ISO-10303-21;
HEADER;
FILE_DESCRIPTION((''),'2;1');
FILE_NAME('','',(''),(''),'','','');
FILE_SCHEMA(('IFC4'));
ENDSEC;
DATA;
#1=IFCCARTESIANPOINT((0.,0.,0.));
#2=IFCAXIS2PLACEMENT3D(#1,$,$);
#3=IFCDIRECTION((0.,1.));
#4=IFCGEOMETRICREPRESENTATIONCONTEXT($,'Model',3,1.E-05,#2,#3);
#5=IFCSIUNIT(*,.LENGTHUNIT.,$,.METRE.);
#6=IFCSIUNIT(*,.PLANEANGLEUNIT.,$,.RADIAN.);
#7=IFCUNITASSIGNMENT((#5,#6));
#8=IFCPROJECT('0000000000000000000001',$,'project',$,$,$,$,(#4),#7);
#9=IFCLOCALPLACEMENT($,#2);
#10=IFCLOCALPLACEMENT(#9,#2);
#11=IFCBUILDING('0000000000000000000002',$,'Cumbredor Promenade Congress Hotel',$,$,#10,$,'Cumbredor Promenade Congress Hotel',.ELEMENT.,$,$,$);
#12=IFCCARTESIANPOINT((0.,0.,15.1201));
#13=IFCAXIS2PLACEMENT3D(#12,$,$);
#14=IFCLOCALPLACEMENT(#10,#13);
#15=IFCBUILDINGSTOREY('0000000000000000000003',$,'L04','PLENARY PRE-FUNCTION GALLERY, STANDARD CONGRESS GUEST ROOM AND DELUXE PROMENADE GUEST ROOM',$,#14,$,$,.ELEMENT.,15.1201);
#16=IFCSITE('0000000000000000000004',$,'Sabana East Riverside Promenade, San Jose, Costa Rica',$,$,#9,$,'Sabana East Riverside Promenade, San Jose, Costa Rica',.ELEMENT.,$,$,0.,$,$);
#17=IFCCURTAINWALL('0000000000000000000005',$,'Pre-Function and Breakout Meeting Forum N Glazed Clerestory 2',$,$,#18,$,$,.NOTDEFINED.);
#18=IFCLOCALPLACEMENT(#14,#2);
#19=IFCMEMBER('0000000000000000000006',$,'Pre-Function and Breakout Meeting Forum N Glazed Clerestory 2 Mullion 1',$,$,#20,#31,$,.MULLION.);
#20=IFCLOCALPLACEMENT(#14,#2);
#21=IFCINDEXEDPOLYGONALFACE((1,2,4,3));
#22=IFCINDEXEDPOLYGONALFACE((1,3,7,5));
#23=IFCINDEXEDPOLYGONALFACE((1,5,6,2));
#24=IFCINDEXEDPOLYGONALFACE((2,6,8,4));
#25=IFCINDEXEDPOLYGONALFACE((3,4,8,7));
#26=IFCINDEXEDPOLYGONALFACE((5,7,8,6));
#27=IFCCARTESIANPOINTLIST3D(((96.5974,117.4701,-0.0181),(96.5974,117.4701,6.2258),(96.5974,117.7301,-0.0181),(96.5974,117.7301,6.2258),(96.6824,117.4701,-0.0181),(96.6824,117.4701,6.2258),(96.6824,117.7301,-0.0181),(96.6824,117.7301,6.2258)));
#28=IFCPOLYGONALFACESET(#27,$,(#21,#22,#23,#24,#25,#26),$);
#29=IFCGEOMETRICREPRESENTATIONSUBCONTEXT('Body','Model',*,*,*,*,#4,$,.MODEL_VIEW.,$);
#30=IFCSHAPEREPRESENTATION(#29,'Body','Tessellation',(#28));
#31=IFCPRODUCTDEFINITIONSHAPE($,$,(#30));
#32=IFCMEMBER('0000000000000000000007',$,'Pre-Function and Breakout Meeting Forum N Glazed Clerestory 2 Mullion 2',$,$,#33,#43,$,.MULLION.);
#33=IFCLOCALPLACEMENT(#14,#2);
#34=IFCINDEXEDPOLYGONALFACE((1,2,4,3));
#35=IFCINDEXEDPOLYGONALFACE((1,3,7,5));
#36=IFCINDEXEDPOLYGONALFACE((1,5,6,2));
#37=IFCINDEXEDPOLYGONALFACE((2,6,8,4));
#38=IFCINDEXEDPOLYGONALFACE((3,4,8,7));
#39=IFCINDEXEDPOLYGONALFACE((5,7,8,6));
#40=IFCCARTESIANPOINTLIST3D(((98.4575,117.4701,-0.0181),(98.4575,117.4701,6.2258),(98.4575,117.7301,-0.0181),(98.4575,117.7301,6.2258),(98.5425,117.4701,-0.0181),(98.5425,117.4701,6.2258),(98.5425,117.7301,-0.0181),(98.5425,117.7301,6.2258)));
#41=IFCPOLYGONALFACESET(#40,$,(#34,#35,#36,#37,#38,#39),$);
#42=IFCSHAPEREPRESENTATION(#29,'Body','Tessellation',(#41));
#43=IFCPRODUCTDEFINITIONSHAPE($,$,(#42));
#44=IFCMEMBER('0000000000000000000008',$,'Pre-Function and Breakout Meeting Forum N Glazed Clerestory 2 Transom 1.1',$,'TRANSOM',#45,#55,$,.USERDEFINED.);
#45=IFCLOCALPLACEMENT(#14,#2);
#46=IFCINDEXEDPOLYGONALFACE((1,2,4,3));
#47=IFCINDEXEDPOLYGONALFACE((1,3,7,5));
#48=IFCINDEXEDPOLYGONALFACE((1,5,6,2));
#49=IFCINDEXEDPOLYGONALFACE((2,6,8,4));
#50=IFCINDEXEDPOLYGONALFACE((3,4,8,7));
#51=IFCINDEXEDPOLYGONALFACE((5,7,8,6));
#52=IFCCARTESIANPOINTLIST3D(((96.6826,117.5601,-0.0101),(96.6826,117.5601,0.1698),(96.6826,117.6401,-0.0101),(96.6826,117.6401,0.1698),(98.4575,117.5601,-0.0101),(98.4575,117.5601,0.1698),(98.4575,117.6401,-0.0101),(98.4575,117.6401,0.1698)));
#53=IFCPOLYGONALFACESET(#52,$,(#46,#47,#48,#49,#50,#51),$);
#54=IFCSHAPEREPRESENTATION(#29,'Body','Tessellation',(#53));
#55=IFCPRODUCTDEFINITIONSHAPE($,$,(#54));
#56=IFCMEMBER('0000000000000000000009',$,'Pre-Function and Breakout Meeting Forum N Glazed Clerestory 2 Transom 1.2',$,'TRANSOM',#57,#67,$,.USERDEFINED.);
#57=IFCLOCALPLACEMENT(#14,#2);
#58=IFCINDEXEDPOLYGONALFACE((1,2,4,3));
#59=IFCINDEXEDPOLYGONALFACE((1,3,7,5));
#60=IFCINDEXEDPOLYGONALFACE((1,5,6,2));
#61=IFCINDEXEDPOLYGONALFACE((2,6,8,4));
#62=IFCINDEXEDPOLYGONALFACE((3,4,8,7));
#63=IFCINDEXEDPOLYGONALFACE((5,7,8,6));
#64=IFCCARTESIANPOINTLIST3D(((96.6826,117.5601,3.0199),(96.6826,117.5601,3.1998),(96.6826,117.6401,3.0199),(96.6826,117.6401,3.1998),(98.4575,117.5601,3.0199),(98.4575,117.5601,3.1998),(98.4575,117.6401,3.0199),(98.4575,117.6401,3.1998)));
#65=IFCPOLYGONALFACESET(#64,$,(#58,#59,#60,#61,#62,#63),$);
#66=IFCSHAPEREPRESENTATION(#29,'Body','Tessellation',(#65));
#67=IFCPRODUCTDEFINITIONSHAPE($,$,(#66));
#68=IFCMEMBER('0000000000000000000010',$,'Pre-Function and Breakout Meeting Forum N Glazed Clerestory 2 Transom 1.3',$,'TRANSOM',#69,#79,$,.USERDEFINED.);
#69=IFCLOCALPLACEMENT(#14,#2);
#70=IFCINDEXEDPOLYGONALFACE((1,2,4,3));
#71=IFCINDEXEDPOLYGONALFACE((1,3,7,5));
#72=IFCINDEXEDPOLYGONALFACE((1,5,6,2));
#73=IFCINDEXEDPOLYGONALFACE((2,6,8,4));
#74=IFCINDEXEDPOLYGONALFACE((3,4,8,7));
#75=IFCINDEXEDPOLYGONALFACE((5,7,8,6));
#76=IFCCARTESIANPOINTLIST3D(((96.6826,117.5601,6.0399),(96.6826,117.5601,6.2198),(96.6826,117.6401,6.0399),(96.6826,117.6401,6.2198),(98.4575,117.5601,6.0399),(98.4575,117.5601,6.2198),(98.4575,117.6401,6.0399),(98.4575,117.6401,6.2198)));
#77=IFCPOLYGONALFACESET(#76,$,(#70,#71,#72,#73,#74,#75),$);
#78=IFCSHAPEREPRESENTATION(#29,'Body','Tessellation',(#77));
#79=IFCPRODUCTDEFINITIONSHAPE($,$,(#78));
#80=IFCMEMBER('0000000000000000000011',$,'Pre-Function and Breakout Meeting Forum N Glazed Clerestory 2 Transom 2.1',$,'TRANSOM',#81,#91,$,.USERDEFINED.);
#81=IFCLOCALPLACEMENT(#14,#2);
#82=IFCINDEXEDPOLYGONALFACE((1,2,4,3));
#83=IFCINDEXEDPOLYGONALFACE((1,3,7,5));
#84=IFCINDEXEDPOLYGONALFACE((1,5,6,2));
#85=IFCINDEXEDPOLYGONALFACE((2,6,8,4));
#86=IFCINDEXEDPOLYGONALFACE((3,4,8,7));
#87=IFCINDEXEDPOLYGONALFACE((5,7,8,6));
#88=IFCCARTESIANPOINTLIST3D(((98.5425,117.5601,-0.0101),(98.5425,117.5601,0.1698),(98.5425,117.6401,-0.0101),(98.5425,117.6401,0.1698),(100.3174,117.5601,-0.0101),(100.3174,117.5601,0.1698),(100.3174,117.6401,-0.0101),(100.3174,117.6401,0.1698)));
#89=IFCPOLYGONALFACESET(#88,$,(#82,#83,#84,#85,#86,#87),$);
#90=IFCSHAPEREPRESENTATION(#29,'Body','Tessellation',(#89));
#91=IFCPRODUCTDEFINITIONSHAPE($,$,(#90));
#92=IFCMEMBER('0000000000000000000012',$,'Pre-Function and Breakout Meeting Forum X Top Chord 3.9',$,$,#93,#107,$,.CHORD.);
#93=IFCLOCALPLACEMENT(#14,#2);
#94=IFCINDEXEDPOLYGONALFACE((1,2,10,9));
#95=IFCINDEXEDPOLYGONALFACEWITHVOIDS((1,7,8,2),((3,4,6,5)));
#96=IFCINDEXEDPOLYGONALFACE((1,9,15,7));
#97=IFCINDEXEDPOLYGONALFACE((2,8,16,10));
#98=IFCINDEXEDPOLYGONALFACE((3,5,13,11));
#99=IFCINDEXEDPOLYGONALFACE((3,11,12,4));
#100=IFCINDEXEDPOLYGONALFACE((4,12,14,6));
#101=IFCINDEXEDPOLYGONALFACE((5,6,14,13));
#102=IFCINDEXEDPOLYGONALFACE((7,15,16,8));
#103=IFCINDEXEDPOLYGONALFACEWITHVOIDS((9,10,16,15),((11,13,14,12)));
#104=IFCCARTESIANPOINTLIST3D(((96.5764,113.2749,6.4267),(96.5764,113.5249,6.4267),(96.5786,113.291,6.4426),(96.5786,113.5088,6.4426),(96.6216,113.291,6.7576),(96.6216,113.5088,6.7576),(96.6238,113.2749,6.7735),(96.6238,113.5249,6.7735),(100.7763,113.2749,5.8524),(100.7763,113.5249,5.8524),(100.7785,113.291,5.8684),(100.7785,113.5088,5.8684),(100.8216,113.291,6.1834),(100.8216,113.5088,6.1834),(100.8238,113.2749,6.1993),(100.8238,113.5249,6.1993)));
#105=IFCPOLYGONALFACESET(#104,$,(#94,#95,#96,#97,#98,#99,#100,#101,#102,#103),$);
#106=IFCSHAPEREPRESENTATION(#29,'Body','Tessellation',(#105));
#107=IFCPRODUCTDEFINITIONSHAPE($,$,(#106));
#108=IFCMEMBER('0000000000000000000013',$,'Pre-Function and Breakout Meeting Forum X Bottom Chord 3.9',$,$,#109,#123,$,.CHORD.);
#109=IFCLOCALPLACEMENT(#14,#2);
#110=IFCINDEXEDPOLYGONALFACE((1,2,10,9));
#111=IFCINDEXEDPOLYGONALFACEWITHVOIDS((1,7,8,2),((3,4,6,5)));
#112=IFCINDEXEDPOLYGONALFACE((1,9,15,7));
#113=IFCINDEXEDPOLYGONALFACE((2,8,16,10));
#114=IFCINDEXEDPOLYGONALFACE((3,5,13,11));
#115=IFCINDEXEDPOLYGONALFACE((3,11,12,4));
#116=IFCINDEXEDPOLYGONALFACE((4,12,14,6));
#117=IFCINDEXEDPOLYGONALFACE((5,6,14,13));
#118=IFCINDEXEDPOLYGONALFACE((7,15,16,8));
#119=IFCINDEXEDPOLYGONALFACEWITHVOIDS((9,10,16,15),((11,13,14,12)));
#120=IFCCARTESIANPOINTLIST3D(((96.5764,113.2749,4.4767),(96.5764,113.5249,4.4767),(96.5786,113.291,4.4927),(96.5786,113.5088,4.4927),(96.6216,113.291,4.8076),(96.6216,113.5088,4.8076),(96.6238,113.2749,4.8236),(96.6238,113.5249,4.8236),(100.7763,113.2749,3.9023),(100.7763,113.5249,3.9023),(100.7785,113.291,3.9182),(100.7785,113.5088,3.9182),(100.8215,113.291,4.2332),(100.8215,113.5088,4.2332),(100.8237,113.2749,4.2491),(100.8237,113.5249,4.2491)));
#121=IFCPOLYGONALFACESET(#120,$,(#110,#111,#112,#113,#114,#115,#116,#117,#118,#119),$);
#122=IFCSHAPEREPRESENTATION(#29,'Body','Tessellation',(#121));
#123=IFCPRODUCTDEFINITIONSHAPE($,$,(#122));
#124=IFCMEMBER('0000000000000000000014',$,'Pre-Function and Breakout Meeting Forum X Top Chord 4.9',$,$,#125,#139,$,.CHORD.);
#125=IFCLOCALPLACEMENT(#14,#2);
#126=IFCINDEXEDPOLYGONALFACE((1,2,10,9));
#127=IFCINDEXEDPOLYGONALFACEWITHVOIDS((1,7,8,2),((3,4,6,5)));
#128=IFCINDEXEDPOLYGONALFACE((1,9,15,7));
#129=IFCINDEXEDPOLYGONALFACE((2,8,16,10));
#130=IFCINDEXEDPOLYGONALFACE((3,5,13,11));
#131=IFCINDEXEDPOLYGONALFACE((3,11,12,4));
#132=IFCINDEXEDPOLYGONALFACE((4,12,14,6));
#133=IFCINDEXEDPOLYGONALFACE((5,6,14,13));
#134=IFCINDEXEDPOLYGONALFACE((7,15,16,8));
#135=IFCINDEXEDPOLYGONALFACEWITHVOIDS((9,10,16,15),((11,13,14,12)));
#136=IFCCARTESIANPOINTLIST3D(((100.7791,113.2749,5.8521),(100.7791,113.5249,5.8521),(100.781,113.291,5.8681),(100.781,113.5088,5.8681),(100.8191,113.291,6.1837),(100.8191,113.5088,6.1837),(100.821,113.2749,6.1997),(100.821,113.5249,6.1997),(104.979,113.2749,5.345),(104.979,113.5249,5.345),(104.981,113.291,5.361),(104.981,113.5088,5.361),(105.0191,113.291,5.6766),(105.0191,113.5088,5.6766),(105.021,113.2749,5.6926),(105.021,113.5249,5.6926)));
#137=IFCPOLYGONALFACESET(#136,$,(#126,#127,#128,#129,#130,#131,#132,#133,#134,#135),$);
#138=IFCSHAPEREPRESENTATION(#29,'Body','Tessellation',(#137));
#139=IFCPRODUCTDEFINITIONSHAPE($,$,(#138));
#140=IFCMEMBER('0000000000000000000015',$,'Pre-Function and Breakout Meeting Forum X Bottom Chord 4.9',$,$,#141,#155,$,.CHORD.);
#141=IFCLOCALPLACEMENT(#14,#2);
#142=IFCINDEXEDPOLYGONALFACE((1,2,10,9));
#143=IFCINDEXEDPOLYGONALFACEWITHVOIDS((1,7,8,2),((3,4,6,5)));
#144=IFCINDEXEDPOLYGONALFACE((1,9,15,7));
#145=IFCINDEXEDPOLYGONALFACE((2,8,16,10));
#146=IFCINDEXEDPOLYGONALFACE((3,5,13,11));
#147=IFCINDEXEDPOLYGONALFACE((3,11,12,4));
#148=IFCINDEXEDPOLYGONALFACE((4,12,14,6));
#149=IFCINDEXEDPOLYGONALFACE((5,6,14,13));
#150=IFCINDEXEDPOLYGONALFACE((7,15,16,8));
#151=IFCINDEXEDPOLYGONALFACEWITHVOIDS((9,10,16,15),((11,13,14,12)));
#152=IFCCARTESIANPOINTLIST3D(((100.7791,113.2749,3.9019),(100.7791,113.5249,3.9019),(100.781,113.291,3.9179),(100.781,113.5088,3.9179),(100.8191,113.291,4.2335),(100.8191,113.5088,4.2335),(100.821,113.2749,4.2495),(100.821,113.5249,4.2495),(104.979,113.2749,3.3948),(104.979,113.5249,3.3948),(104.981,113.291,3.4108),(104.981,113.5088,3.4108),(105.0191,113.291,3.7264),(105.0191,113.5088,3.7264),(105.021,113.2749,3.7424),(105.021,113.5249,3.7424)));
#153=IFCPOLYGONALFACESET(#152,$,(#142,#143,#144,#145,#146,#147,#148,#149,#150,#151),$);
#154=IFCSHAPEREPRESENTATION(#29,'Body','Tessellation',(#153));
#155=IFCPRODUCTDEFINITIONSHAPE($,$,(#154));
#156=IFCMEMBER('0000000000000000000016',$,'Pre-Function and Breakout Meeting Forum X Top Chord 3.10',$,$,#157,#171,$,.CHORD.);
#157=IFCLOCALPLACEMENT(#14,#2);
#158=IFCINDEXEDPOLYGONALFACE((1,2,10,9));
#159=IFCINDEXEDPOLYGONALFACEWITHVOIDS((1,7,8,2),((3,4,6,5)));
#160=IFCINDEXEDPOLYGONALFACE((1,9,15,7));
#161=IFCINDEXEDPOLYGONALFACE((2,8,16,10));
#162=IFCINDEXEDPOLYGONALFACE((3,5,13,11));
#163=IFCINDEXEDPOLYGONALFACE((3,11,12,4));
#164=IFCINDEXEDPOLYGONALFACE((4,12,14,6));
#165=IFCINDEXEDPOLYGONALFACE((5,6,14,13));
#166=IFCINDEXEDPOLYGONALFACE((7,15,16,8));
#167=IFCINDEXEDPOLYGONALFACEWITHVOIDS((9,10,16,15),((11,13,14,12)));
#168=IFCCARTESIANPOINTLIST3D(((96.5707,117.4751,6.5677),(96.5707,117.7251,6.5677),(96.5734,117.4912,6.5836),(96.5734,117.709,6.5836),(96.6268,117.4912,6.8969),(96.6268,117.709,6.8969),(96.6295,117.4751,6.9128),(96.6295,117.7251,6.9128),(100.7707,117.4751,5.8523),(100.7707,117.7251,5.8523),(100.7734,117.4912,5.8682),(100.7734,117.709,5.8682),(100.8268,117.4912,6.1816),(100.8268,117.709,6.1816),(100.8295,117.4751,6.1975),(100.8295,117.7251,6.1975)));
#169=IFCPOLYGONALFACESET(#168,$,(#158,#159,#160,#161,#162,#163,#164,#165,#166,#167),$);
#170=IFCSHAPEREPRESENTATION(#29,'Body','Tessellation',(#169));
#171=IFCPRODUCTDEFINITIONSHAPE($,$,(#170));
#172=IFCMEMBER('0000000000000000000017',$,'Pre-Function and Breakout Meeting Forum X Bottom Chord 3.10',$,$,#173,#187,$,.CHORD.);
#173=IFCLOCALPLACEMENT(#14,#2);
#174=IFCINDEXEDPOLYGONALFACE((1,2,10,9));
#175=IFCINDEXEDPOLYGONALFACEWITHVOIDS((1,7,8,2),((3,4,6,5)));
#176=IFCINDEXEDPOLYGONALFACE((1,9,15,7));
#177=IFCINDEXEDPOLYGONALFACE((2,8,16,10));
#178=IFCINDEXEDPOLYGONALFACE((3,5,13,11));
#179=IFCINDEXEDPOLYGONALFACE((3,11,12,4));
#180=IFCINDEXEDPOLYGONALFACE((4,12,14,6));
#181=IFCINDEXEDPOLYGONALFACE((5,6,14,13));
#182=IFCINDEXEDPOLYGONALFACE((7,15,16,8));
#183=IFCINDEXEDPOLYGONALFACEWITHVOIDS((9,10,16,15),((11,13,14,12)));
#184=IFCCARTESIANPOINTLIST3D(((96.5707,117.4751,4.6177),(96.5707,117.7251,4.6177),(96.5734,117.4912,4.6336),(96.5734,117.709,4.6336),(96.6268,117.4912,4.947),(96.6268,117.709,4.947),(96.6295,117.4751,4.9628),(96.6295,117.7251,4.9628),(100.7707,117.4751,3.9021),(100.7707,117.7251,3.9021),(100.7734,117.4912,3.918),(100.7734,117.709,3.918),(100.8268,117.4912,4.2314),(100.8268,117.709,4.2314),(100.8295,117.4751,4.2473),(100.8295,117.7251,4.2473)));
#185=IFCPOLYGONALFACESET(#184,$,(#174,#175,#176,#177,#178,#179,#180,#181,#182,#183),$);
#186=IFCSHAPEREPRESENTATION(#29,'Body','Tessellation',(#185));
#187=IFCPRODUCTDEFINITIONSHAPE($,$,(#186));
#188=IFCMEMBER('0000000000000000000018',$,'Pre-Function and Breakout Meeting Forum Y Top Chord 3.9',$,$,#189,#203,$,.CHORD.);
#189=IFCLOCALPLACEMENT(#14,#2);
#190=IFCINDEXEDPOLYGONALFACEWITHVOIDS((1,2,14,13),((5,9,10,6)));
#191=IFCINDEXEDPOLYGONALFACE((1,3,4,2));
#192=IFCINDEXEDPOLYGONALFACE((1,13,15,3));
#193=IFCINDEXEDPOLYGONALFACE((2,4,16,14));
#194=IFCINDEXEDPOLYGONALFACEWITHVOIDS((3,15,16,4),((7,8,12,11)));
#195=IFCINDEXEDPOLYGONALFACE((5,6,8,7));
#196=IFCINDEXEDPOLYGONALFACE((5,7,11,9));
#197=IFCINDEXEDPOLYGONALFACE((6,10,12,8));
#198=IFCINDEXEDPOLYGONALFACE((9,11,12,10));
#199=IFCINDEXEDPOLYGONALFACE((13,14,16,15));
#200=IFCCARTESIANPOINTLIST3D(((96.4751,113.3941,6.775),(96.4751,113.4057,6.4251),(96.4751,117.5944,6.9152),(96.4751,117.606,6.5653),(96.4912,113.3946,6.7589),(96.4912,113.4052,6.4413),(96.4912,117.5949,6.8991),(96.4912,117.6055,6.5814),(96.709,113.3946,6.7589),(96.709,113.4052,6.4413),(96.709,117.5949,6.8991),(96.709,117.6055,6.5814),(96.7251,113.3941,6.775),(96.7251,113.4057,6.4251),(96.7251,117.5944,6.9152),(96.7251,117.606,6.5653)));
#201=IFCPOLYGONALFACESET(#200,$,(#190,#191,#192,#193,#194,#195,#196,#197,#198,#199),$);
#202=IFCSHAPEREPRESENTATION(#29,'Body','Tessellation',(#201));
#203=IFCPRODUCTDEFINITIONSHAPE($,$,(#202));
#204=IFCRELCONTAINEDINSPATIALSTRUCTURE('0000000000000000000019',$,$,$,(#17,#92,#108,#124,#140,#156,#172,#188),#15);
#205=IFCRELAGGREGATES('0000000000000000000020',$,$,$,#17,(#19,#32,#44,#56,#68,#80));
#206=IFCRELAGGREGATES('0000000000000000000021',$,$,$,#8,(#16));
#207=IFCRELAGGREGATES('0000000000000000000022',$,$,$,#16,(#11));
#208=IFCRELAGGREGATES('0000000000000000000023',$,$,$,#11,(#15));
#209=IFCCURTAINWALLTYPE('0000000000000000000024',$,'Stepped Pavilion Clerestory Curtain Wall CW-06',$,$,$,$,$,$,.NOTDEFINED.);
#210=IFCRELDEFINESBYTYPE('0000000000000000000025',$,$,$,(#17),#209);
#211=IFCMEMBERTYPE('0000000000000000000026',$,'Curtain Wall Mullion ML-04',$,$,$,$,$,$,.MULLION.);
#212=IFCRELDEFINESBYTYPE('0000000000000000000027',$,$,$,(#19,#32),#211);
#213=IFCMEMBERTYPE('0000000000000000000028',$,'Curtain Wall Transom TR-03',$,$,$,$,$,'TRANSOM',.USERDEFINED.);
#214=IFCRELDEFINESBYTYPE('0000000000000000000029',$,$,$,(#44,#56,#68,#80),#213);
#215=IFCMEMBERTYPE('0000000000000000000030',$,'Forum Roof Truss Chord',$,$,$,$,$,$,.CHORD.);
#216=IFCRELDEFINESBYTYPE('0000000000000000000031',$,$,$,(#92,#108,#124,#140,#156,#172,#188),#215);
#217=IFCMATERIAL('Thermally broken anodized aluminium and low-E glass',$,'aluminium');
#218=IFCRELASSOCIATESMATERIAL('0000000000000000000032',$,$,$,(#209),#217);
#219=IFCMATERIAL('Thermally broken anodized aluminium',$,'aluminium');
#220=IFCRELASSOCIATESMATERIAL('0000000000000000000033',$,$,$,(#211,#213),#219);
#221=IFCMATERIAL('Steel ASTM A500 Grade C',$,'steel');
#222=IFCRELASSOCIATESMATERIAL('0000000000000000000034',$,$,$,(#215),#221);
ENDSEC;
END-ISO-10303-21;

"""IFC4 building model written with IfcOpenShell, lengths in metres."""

from ifc_helpers import new_model, si_unit, direction, frame, origin, origin_2d, place, context, subcontext, project, spatial, rectangle, hollow_rectangle, extrude, material, material_profile, profile_set, type_object, element, aggregate, save


model = new_model("IFC4")

# Units and contexts
model_context = context("Model", 3, precision=1e-05, world=origin(), true_north=direction((0.0, 1.0)))
body_context = subcontext(model_context, "Body", "Model", "MODEL_VIEW")
ifc_project = project(units=[si_unit("LENGTHUNIT", "METRE"), si_unit("PLANEANGLEUNIT", "RADIAN")], contexts=[model_context])

# Site, building, storey
site_placement = place(None, origin())
site = spatial("IfcSite", under=ifc_project, at=site_placement, Name="Sabana East Riverside Promenade, San Jose, Costa Rica", LongName="Sabana East Riverside Promenade, San Jose, Costa Rica", CompositionType="ELEMENT", RefElevation=0.0)
building_placement = place(site_placement, origin())
building = spatial("IfcBuilding", under=site, at=building_placement, Name="Cumbredor Promenade Congress Hotel", LongName="Cumbredor Promenade Congress Hotel", CompositionType="ELEMENT")
storey_placement = place(building_placement, frame((0.0, 0.0, 15.1201)))
storey = spatial("IfcBuildingStorey", under=building, at=storey_placement, Name="L04", Description="PLENARY PRE-FUNCTION GALLERY, STANDARD CONGRESS GUEST ROOM AND DELUXE PROMENADE GUEST ROOM", CompositionType="ELEMENT", Elevation=15.1201)

# Curtain wall, members
ifc_material_1 = material(Name="Thermally broken anodized aluminium and low-E glass", Category="aluminium")
curtain_wall_type = type_object("IfcCurtainWallType", Name="Stepped Pavilion Clerestory Curtain Wall CW-06", PredefinedType="NOTDEFINED", material=ifc_material_1)
curtain_wall_placement = place(storey_placement, origin())
curtain_wall = element("IfcCurtainWall", 1, at=curtain_wall_placement, inside=storey, type_object=curtain_wall_type, Name="Pre-Function and Breakout Meeting Forum N Glazed Clerestory 2", PredefinedType="NOTDEFINED")
ifc_material_2 = material(Name="Thermally broken anodized aluminium", Category="aluminium")
ifc_material_profile_1 = material_profile(ifc_material_2, rectangle(XDim=0.085, YDim=0.26, at=origin_2d()), Name="ALU MULLION CLERESTORY 85x260")
ifc_profile_set_1 = profile_set([ifc_material_profile_1], Name="Thermally broken anodized aluminium")
member_type_1 = type_object("IfcMemberType", Name="Curtain Wall Mullion ML-04", PredefinedType="MULLION", material=ifc_profile_set_1)
member_1_placement = place(storey_placement, frame((96.6399, 117.6001, -0.0181), z_axis=(0.0, 0.0, 1.0), x_axis=(1.0, 0.0, 0.0)))
member_1 = element("IfcMember", 2, at=member_1_placement, type_object=member_type_1, Name="Pre-Function and Breakout Meeting Forum N Glazed Clerestory 2 Mullion 1", PredefinedType="MULLION", context=body_context, shape_type="SweptSolid", body=[
    extrude(rectangle(XDim=0.085, YDim=0.26, at=origin_2d()), origin(), (0.0, 0.0, 1.0), 6.2439),
])
member_2_placement = place(storey_placement, frame((98.5, 117.6001, -0.0181), z_axis=(0.0, 0.0, 1.0), x_axis=(1.0, 0.0, 0.0)))
member_2 = element("IfcMember", 3, at=member_2_placement, type_object=member_type_1, Name="Pre-Function and Breakout Meeting Forum N Glazed Clerestory 2 Mullion 2", PredefinedType="MULLION", context=body_context, shape_type="SweptSolid", body=[
    extrude(rectangle(XDim=0.085, YDim=0.26, at=origin_2d()), origin(), (0.0, 0.0, 1.0), 6.2439),
])
ifc_material_profile_2 = material_profile(ifc_material_2, rectangle(XDim=0.0801, YDim=0.1799, at=origin_2d()), Name="ALU TRANSOM 80x180")
ifc_profile_set_2 = profile_set([ifc_material_profile_2], Name="Thermally broken anodized aluminium")
member_type_2 = type_object("IfcMemberType", Name="Curtain Wall Transom TR-03", ElementType="TRANSOM", PredefinedType="USERDEFINED", material=ifc_profile_set_2)
member_3_placement = place(storey_placement, frame((96.6826, 117.6001, 0.0798), z_axis=(1.0, 0.0, 0.0), x_axis=(0.0, 1.0, 0.0)))
member_3 = element("IfcMember", 4, at=member_3_placement, type_object=member_type_2, Name="Pre-Function and Breakout Meeting Forum N Glazed Clerestory 2 Transom 1.1", ObjectType="TRANSOM", PredefinedType="USERDEFINED", context=body_context, shape_type="SweptSolid", body=[
    extrude(rectangle(XDim=0.0801, YDim=0.1799, at=origin_2d()), origin(), (0.0, 0.0, 1.0), 1.7749),
])
member_4_placement = place(storey_placement, frame((96.6826, 117.6001, 3.1099), z_axis=(1.0, 0.0, 0.0), x_axis=(0.0, 1.0, 0.0)))
member_4 = element("IfcMember", 5, at=member_4_placement, type_object=member_type_2, Name="Pre-Function and Breakout Meeting Forum N Glazed Clerestory 2 Transom 1.2", ObjectType="TRANSOM", PredefinedType="USERDEFINED", context=body_context, shape_type="SweptSolid", body=[
    extrude(rectangle(XDim=0.0801, YDim=0.1799, at=origin_2d()), origin(), (0.0, 0.0, 1.0), 1.7749),
])
member_5_placement = place(storey_placement, frame((96.6826, 117.6001, 6.1299), z_axis=(1.0, 0.0, 0.0), x_axis=(0.0, 1.0, 0.0)))
member_5 = element("IfcMember", 6, at=member_5_placement, type_object=member_type_2, Name="Pre-Function and Breakout Meeting Forum N Glazed Clerestory 2 Transom 1.3", ObjectType="TRANSOM", PredefinedType="USERDEFINED", context=body_context, shape_type="SweptSolid", body=[
    extrude(rectangle(XDim=0.0801, YDim=0.1799, at=origin_2d()), origin(), (0.0, 0.0, 1.0), 1.7749),
])
member_6_placement = place(storey_placement, frame((98.5425, 117.6001, 0.0798), z_axis=(1.0, 0.0, 0.0), x_axis=(0.0, 1.0, 0.0)))
member_6 = element("IfcMember", 7, at=member_6_placement, type_object=member_type_2, Name="Pre-Function and Breakout Meeting Forum N Glazed Clerestory 2 Transom 2.1", ObjectType="TRANSOM", PredefinedType="USERDEFINED", context=body_context, shape_type="SweptSolid", body=[
    extrude(rectangle(XDim=0.0801, YDim=0.1799, at=origin_2d()), origin(), (0.0, 0.0, 1.0), 1.7749),
])

# Members
ifc_material_3 = material(Name="Steel ASTM A500 Grade C", Category="steel")
ifc_material_profile_3 = material_profile(ifc_material_3, hollow_rectangle(XDim=0.25, YDim=0.3501, WallThickness=0.0161, at=origin_2d()), Name="HSS 350x250x16")
ifc_profile_set_3 = profile_set([ifc_material_profile_3], Name="Steel ASTM A500 Grade C")
member_type_3 = type_object("IfcMemberType", Name="Forum Roof Truss Chord", PredefinedType="CHORD", material=ifc_profile_set_3)
for number, where, z_axis, x_axis, name in (
    (8, (96.6001, 113.3999, 6.6001), (0.990783, 0.0, -0.13546), (0.0, 1.0, 0.0), "Pre-Function and Breakout Meeting Forum X Top Chord 3.9"),
    (9, (96.6001, 113.3999, 4.6501), (0.990775, 0.0, -0.135517), (0.0, 1.0, 0.0), "Pre-Function and Breakout Meeting Forum X Bottom Chord 3.9"),
):
    element("IfcMember", number, at=place(storey_placement, frame(where, z_axis=z_axis, x_axis=x_axis)), inside=storey, type_object=member_type_3, Name=name, PredefinedType="CHORD", context=body_context, shape_type="SweptSolid", body=[
        extrude(hollow_rectangle(XDim=0.25, YDim=0.3501, WallThickness=0.0161, at=origin_2d()), origin(), (0.0, 0.0, 1.0), 4.239),
    ])
for number, where, z_axis, x_axis, name in (
    (10, (100.8, 113.3999, 6.0259), (0.99279, 0.0, -0.119864), (0.0, 1.0, 0.0), "Pre-Function and Breakout Meeting Forum X Top Chord 4.9"),
    (11, (100.8, 113.3999, 4.0757), (0.99279, 0.0, -0.119864), (0.0, 1.0, 0.0), "Pre-Function and Breakout Meeting Forum X Bottom Chord 4.9"),
):
    element("IfcMember", number, at=place(storey_placement, frame(where, z_axis=z_axis, x_axis=x_axis)), inside=storey, type_object=member_type_3, Name=name, PredefinedType="CHORD", context=body_context, shape_type="SweptSolid", body=[
        extrude(hollow_rectangle(XDim=0.25, YDim=0.3501, WallThickness=0.0161, at=origin_2d()), origin(), (0.0, 0.0, 1.0), 4.2305),
    ])
for number, where, z_axis, x_axis, name in (
    (12, (96.6001, 117.6001, 6.7402), (0.985804, 0.0, -0.167901), (0.0, 1.0, 0.0), "Pre-Function and Breakout Meeting Forum X Top Chord 3.10"),
    (13, (96.6001, 117.6001, 4.7903), (0.985794, 0.0, -0.167957), (0.0, 1.0, 0.0), "Pre-Function and Breakout Meeting Forum X Bottom Chord 3.10"),
):
    element("IfcMember", number, at=place(storey_placement, frame(where, z_axis=z_axis, x_axis=x_axis)), inside=storey, type_object=member_type_3, Name=name, PredefinedType="CHORD", context=body_context, shape_type="SweptSolid", body=[
        extrude(hollow_rectangle(XDim=0.25, YDim=0.3501, WallThickness=0.0161, at=origin_2d()), origin(), (0.0, 0.0, 1.0), 4.2605),
    ])
for number, where, z_axis, x_axis, name in (
    (14, (96.6001, 113.3999, 6.6001), (0.0, 0.999444, 0.033346), (-1.0, 0.0, 0.0), "Pre-Function and Breakout Meeting Forum Y Top Chord 3.9"),
):
    element("IfcMember", number, at=place(storey_placement, frame(where, z_axis=z_axis, x_axis=x_axis)), inside=storey, type_object=member_type_3, Name=name, PredefinedType="CHORD", context=body_context, shape_type="SweptSolid", body=[
        extrude(hollow_rectangle(XDim=0.25, YDim=0.3501, WallThickness=0.0161, at=origin_2d()), origin(), (0.0, 0.0, 1.0), 4.2026),
    ])

aggregate(curtain_wall, [member_1, member_2, member_3, member_4, member_5, member_6])

save(model, "model.ifc")
